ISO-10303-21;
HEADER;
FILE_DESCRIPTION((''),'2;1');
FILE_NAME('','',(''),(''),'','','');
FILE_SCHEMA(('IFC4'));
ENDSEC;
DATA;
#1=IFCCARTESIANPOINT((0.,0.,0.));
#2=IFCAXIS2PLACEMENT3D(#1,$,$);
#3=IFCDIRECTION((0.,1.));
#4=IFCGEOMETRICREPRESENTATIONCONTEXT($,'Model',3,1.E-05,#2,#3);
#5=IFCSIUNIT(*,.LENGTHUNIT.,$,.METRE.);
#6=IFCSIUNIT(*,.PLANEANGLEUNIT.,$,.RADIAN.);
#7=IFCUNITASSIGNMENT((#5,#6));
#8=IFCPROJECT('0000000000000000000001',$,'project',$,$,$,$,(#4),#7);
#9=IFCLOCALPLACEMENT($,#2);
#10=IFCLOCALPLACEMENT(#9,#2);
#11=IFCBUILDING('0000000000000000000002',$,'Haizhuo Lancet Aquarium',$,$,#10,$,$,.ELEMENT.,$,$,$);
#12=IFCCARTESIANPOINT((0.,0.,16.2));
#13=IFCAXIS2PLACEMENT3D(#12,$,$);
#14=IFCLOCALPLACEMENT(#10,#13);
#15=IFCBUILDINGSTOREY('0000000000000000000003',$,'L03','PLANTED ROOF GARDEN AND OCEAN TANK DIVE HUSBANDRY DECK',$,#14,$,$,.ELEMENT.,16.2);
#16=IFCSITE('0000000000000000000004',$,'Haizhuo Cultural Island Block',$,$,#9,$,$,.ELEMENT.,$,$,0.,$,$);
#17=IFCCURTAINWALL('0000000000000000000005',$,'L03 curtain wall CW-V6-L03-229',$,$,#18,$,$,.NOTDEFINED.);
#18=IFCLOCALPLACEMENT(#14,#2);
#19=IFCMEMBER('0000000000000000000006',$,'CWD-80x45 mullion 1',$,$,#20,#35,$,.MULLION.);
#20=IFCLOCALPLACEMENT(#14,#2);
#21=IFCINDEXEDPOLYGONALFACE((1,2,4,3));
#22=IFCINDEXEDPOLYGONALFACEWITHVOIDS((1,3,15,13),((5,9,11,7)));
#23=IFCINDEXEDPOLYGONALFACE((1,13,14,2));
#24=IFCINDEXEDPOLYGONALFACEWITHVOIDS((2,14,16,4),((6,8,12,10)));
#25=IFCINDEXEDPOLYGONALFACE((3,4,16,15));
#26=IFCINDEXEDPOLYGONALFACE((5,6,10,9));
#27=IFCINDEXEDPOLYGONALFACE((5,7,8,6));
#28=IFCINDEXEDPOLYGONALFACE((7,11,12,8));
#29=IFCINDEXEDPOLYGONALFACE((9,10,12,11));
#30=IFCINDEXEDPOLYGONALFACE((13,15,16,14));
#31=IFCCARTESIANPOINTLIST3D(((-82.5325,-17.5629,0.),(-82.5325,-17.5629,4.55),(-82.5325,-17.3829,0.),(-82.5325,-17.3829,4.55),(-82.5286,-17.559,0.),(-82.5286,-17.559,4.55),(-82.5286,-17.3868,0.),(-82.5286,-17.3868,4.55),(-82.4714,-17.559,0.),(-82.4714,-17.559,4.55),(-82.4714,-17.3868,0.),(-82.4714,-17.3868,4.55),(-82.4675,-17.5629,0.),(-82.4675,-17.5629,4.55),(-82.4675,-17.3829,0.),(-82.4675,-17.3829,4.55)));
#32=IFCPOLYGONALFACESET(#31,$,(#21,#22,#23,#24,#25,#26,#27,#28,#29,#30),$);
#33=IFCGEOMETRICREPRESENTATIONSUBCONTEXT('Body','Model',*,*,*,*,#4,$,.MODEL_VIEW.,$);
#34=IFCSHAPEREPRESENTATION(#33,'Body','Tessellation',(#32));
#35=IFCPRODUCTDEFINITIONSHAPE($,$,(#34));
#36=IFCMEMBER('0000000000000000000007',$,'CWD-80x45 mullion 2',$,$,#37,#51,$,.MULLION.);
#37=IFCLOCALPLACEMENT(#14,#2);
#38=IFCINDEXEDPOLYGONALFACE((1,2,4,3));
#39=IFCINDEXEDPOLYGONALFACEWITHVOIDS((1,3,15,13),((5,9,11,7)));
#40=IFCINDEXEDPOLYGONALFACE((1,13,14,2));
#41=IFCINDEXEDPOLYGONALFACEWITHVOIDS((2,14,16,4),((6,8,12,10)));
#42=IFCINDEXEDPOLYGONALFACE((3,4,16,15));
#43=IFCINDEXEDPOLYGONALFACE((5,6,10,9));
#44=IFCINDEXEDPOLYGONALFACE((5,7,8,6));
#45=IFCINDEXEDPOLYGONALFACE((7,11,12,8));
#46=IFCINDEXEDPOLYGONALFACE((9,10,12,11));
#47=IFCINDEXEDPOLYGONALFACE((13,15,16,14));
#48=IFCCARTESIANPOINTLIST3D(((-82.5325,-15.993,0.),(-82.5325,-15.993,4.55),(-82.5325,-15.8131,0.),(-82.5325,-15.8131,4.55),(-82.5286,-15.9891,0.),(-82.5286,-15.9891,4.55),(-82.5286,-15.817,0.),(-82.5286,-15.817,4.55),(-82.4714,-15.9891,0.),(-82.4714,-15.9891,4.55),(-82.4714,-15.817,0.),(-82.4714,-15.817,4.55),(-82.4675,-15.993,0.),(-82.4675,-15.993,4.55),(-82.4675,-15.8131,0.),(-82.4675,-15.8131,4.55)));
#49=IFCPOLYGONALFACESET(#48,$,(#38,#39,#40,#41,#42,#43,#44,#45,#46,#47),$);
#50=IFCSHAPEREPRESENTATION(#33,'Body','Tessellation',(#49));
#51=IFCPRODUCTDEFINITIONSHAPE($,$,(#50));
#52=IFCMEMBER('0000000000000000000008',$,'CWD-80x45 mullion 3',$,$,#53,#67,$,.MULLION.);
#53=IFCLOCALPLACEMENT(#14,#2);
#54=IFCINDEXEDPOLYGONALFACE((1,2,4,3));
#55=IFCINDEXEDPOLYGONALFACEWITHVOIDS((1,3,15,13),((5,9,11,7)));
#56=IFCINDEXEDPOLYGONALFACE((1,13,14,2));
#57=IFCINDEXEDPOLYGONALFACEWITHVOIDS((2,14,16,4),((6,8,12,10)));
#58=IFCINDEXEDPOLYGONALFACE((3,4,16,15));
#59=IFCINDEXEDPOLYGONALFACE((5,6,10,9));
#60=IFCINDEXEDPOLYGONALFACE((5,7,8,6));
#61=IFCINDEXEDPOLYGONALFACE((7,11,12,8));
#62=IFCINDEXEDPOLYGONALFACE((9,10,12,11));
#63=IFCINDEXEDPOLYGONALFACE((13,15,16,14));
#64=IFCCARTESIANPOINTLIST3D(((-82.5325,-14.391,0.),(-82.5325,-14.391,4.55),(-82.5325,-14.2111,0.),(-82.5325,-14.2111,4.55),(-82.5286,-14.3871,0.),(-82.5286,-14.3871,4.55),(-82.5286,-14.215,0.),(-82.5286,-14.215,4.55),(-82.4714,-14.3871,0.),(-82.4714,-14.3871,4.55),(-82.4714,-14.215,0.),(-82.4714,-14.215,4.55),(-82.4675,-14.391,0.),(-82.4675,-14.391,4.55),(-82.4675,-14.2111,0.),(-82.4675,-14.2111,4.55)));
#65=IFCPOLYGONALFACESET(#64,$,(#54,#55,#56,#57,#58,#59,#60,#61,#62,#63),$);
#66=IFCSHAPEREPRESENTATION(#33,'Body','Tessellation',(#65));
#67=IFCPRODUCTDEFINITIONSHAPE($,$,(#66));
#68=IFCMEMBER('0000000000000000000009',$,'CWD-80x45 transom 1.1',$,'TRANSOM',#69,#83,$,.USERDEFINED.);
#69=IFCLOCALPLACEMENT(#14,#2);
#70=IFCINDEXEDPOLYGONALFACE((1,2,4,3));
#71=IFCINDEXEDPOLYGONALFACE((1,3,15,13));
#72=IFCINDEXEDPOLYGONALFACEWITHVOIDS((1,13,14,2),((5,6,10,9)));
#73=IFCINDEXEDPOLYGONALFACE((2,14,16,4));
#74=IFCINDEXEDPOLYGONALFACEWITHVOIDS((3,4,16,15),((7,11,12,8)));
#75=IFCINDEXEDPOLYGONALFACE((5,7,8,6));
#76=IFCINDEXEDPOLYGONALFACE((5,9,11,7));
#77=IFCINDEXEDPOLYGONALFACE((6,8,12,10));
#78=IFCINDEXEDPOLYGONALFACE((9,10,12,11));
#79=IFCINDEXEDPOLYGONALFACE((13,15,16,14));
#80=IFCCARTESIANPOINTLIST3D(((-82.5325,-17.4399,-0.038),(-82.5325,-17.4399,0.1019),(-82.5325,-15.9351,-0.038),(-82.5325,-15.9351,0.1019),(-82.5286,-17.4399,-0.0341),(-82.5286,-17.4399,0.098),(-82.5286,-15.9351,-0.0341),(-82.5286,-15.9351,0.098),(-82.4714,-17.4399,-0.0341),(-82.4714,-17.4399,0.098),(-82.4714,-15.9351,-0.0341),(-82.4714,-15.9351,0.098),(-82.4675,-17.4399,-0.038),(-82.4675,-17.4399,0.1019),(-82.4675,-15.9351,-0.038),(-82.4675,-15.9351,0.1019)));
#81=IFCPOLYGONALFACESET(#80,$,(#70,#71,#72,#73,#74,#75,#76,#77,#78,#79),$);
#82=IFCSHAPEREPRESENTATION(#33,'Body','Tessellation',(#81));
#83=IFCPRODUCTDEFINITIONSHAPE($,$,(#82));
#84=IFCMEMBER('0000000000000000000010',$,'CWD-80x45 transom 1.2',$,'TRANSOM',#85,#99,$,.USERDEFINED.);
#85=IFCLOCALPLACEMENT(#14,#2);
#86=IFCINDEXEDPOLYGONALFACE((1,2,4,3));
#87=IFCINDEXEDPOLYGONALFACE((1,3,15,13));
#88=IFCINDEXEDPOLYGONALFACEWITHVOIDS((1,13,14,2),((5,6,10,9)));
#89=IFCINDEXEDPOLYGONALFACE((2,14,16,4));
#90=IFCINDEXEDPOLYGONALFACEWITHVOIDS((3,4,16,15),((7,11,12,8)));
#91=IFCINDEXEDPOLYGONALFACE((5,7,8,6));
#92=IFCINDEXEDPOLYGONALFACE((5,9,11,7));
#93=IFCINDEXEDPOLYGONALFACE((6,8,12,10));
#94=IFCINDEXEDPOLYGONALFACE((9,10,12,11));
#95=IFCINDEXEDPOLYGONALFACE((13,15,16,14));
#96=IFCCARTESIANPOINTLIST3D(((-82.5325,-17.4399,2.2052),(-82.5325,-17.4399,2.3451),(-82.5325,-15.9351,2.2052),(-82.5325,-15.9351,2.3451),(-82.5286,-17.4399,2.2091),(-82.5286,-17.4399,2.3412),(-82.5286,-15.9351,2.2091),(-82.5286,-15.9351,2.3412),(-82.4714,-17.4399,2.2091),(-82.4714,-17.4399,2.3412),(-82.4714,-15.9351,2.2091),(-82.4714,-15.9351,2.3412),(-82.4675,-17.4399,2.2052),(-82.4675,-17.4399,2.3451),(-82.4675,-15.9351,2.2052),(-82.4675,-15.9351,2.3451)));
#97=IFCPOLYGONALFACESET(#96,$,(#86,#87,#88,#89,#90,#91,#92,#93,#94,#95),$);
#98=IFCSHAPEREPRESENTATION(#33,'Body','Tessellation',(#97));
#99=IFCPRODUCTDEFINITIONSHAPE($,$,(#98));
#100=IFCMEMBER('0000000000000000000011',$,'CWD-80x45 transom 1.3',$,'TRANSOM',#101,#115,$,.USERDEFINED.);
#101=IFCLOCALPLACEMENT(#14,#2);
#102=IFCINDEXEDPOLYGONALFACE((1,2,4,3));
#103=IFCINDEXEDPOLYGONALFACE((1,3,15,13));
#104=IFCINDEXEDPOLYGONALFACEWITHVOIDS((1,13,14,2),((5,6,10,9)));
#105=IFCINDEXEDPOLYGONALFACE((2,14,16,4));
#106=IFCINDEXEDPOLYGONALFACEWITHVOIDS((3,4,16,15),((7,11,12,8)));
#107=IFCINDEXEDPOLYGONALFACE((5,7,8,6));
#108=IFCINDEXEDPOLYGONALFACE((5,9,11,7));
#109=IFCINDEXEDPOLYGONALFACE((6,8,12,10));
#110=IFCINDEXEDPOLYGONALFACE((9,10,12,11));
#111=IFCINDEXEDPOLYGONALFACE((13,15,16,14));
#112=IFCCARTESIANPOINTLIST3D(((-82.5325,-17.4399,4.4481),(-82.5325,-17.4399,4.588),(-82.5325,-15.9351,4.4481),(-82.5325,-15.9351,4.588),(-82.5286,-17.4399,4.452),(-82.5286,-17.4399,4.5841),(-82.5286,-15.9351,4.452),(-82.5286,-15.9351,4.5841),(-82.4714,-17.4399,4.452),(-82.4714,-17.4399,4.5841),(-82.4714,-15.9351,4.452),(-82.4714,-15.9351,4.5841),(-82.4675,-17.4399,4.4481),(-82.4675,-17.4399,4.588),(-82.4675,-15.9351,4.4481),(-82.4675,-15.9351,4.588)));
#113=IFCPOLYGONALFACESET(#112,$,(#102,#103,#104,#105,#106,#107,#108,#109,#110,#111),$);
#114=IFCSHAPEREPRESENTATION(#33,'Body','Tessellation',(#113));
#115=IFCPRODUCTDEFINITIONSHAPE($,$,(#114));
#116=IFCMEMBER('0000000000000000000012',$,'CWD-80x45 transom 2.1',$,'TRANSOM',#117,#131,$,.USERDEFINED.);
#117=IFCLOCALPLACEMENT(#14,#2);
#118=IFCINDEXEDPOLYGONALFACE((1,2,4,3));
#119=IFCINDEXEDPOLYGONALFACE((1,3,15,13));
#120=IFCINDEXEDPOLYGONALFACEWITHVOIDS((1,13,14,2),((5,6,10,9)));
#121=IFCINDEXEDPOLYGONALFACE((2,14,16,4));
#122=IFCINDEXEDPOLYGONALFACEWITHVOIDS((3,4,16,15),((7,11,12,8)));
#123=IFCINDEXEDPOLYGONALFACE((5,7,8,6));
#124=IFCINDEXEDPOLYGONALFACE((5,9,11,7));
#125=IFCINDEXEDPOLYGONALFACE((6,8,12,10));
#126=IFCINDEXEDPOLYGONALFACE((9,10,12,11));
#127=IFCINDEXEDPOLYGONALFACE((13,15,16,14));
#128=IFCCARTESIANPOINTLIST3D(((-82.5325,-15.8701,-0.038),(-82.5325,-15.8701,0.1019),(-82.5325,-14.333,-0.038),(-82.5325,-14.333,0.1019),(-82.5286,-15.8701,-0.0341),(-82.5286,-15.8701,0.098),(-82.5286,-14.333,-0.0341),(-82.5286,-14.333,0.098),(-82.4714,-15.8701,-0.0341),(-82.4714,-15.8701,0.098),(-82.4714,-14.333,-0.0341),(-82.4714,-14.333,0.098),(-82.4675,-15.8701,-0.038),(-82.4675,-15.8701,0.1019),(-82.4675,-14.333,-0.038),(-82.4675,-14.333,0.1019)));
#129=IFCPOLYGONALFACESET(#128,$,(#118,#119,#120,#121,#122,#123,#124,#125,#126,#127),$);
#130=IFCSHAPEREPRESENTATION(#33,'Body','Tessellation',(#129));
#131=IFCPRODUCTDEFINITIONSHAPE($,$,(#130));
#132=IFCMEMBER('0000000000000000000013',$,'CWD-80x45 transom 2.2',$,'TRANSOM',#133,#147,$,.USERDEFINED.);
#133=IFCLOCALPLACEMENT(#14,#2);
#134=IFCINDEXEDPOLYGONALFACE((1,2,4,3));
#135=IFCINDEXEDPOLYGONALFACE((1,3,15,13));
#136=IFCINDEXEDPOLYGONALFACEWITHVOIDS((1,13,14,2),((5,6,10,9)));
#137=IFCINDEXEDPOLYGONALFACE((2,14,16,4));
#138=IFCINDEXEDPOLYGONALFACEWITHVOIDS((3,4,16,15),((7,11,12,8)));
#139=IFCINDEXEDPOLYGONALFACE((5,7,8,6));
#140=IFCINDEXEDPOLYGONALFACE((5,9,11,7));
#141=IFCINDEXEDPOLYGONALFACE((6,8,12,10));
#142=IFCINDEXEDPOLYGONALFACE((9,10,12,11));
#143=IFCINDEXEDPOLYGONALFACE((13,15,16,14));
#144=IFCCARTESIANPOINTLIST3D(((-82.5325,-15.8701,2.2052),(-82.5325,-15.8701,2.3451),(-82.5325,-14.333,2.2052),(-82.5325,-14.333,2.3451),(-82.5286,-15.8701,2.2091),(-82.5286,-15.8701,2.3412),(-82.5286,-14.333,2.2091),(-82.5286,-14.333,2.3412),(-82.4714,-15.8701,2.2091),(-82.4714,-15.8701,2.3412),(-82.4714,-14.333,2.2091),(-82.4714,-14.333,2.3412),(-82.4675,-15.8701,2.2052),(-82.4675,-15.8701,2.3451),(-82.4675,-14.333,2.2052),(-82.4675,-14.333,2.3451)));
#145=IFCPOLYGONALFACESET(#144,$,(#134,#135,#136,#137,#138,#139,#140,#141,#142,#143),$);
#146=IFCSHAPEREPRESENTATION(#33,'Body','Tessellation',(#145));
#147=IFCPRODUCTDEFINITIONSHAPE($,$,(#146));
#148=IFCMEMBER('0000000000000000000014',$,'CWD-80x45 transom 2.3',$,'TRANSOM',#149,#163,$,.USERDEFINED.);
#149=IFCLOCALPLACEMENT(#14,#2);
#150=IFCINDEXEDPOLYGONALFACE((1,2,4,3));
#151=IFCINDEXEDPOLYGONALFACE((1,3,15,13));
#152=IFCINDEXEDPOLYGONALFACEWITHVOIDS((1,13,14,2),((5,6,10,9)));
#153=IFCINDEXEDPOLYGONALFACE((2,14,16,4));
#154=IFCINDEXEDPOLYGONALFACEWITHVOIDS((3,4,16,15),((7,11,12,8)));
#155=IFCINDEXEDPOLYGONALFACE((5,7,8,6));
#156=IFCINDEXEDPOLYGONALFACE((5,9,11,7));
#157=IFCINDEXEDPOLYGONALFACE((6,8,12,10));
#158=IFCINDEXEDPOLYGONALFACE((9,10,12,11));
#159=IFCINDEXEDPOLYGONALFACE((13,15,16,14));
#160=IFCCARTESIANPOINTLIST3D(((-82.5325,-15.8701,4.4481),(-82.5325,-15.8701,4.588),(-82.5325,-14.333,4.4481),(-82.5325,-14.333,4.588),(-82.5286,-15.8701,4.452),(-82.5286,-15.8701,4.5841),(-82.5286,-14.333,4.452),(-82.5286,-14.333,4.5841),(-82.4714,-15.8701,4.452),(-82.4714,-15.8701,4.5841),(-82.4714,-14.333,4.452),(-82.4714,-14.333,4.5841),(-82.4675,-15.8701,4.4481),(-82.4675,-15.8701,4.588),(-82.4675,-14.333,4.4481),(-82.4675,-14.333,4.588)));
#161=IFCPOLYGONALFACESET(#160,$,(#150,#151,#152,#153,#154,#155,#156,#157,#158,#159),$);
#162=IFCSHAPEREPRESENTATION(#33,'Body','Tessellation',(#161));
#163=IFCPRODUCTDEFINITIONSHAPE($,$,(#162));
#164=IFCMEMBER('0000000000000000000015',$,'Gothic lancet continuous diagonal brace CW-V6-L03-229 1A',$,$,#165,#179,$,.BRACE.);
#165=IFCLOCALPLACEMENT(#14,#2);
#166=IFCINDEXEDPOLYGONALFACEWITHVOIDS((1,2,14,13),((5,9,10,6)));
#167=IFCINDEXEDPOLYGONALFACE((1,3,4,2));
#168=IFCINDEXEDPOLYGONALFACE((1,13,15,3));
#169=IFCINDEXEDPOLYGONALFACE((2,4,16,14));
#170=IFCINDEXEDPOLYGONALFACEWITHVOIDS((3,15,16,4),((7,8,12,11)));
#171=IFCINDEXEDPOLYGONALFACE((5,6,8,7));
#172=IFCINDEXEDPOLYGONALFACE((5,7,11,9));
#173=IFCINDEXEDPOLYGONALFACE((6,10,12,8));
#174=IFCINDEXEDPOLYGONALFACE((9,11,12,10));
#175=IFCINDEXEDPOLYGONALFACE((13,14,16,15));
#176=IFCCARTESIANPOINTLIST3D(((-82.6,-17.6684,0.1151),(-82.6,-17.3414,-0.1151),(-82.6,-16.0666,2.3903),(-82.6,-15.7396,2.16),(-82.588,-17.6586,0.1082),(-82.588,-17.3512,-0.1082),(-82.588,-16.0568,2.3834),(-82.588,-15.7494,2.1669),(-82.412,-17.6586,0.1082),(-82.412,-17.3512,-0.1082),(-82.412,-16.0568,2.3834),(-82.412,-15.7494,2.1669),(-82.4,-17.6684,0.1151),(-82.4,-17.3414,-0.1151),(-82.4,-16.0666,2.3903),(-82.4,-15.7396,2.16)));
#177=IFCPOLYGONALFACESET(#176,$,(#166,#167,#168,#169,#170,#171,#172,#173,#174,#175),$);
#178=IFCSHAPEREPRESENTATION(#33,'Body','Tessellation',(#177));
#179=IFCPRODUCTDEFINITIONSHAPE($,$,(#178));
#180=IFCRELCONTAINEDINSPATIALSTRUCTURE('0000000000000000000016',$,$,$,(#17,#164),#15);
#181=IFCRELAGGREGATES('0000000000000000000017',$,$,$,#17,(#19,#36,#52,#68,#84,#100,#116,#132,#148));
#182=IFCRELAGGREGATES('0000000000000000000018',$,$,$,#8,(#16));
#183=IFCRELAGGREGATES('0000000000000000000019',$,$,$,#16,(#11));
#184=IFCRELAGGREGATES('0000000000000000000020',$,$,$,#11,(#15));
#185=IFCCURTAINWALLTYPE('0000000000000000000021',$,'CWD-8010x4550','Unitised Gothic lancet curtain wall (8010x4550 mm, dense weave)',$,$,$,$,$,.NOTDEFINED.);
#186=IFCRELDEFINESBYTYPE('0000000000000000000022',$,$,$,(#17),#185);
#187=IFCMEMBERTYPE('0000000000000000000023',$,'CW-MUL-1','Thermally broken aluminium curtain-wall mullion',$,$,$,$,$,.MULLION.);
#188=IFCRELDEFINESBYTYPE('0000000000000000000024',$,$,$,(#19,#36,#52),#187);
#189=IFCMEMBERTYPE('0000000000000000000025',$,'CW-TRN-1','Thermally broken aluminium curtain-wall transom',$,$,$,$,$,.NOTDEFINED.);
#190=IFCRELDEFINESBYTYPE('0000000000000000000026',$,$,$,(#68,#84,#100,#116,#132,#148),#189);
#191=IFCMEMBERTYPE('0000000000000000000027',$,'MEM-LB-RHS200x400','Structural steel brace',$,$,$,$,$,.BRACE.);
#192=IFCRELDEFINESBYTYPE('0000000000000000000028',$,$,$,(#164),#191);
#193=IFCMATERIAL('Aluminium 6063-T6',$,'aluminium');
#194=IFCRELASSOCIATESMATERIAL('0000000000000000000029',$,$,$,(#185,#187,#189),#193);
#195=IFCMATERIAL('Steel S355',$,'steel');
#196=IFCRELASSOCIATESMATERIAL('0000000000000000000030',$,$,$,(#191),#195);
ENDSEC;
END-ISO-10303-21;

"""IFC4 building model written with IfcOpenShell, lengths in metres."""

from ifc_helpers import new_model, si_unit, direction, frame, origin, origin_2d, place, context, subcontext, project, spatial, hollow_rectangle, extrude, material, material_profile, profile_set, type_object, element, aggregate, save


model = new_model("IFC4")

# Units and contexts
model_context = context("Model", 3, precision=1e-05, world=origin(), true_north=direction((0.0, 1.0)))
body_context = subcontext(model_context, "Body", "Model", "MODEL_VIEW")
ifc_project = project(units=[si_unit("LENGTHUNIT", "METRE"), si_unit("PLANEANGLEUNIT", "RADIAN")], contexts=[model_context])

# Site, building, storey
site_placement = place(None, origin())
site = spatial("IfcSite", under=ifc_project, at=site_placement, Name="Haizhuo Cultural Island Block", CompositionType="ELEMENT", RefElevation=0.0)
building_placement = place(site_placement, origin())
building = spatial("IfcBuilding", under=site, at=building_placement, Name="Haizhuo Lancet Aquarium", CompositionType="ELEMENT")
storey_placement = place(building_placement, frame((0.0, 0.0, 16.2)))
storey = spatial("IfcBuildingStorey", under=building, at=storey_placement, Name="L03", Description="PLANTED ROOF GARDEN AND OCEAN TANK DIVE HUSBANDRY DECK", CompositionType="ELEMENT", Elevation=16.2)

# Curtain wall, members
ifc_material_1 = material(Name="Aluminium 6063-T6", Category="aluminium")
curtain_wall_type = type_object("IfcCurtainWallType", Name="CWD-8010x4550", Description="Unitised Gothic lancet curtain wall (8010x4550 mm, dense weave)", PredefinedType="NOTDEFINED", material=ifc_material_1)
curtain_wall_placement = place(storey_placement, origin())
curtain_wall = element("IfcCurtainWall", 1, at=curtain_wall_placement, inside=storey, type_object=curtain_wall_type, Name="L03 curtain wall CW-V6-L03-229", PredefinedType="NOTDEFINED")
ifc_material_profile_1 = material_profile(ifc_material_1, hollow_rectangle(XDim=0.0649, YDim=0.1799, WallThickness=0.0039, at=origin_2d()), Name="ALU-M 65x180x4")
ifc_profile_set_1 = profile_set([ifc_material_profile_1], Name="Aluminium 6063-T6")
member_type_1 = type_object("IfcMemberType", Name="CW-MUL-1", Description="Thermally broken aluminium curtain-wall mullion", PredefinedType="MULLION", material=ifc_profile_set_1)
member_1_placement = place(storey_placement, frame((-82.5, -17.4729, 0.0), z_axis=(0.0, 0.0, 1.0), x_axis=(-1.0, 0.0, 0.0)))
member_1 = element("IfcMember", 2, at=member_1_placement, type_object=member_type_1, Name="CWD-80x45 mullion 1", PredefinedType="MULLION", context=body_context, shape_type="SweptSolid", body=[
    extrude(hollow_rectangle(XDim=0.0649, YDim=0.1799, WallThickness=0.0039, at=origin_2d()), origin(), (0.0, 0.0, 1.0), 4.55),
])
member_2_placement = place(storey_placement, frame((-82.5, -15.9031, 0.0), z_axis=(0.0, 0.0, 1.0), x_axis=(-1.0, 0.0, 0.0)))
member_2 = element("IfcMember", 3, at=member_2_placement, type_object=member_type_1, Name="CWD-80x45 mullion 2", PredefinedType="MULLION", context=body_context, shape_type="SweptSolid", body=[
    extrude(hollow_rectangle(XDim=0.0649, YDim=0.1799, WallThickness=0.0039, at=origin_2d()), origin(), (0.0, 0.0, 1.0), 4.55),
])
member_3_placement = place(storey_placement, frame((-82.5, -14.301, 0.0), z_axis=(0.0, 0.0, 1.0), x_axis=(-1.0, 0.0, 0.0)))
member_3 = element("IfcMember", 4, at=member_3_placement, type_object=member_type_1, Name="CWD-80x45 mullion 3", PredefinedType="MULLION", context=body_context, shape_type="SweptSolid", body=[
    extrude(hollow_rectangle(XDim=0.0649, YDim=0.1799, WallThickness=0.0039, at=origin_2d()), origin(), (0.0, 0.0, 1.0), 4.55),
])
ifc_material_profile_2 = material_profile(ifc_material_1, hollow_rectangle(XDim=0.0649, YDim=0.1399, WallThickness=0.0039, at=origin_2d()), Name="ALU-T 65x140x4")
ifc_profile_set_2 = profile_set([ifc_material_profile_2], Name="Aluminium 6063-T6")
member_type_2 = type_object("IfcMemberType", Name="CW-TRN-1", Description="Thermally broken aluminium curtain-wall transom", PredefinedType="NOTDEFINED", material=ifc_profile_set_2)
member_4_placement = place(storey_placement, frame((-82.5, -17.4399, 0.032), z_axis=(0.0, 1.0, 0.0), x_axis=(-1.0, 0.0, 0.0)))
member_4 = element("IfcMember", 5, at=member_4_placement, type_object=member_type_2, Name="CWD-80x45 transom 1.1", ObjectType="TRANSOM", PredefinedType="USERDEFINED", context=body_context, shape_type="SweptSolid", body=[
    extrude(hollow_rectangle(XDim=0.0649, YDim=0.1399, WallThickness=0.0039, at=origin_2d()), origin(), (0.0, 0.0, 1.0), 1.5049),
])
member_5_placement = place(storey_placement, frame((-82.5, -17.4399, 2.2751), z_axis=(0.0, 1.0, 0.0), x_axis=(-1.0, 0.0, 0.0)))
member_5 = element("IfcMember", 6, at=member_5_placement, type_object=member_type_2, Name="CWD-80x45 transom 1.2", ObjectType="TRANSOM", PredefinedType="USERDEFINED", context=body_context, shape_type="SweptSolid", body=[
    extrude(hollow_rectangle(XDim=0.0649, YDim=0.1399, WallThickness=0.0039, at=origin_2d()), origin(), (0.0, 0.0, 1.0), 1.5049),
])
member_6_placement = place(storey_placement, frame((-82.5, -17.4399, 4.5181), z_axis=(0.0, 1.0, 0.0), x_axis=(-1.0, 0.0, 0.0)))
member_6 = element("IfcMember", 7, at=member_6_placement, type_object=member_type_2, Name="CWD-80x45 transom 1.3", ObjectType="TRANSOM", PredefinedType="USERDEFINED", context=body_context, shape_type="SweptSolid", body=[
    extrude(hollow_rectangle(XDim=0.0649, YDim=0.1399, WallThickness=0.0039, at=origin_2d()), origin(), (0.0, 0.0, 1.0), 1.5049),
])
member_7_placement = place(storey_placement, frame((-82.5, -15.8701, 0.032), z_axis=(0.0, 1.0, 0.0), x_axis=(-1.0, 0.0, 0.0)))
member_7 = element("IfcMember", 8, at=member_7_placement, type_object=member_type_2, Name="CWD-80x45 transom 2.1", ObjectType="TRANSOM", PredefinedType="USERDEFINED", context=body_context, shape_type="SweptSolid", body=[
    extrude(hollow_rectangle(XDim=0.0649, YDim=0.1399, WallThickness=0.0039, at=origin_2d()), origin(), (0.0, 0.0, 1.0), 1.5371),
])
member_8_placement = place(storey_placement, frame((-82.5, -15.8701, 2.2751), z_axis=(0.0, 1.0, 0.0), x_axis=(-1.0, 0.0, 0.0)))
member_8 = element("IfcMember", 9, at=member_8_placement, type_object=member_type_2, Name="CWD-80x45 transom 2.2", ObjectType="TRANSOM", PredefinedType="USERDEFINED", context=body_context, shape_type="SweptSolid", body=[
    extrude(hollow_rectangle(XDim=0.0649, YDim=0.1399, WallThickness=0.0039, at=origin_2d()), origin(), (0.0, 0.0, 1.0), 1.5371),
])
member_9_placement = place(storey_placement, frame((-82.5, -15.8701, 4.5181), z_axis=(0.0, 1.0, 0.0), x_axis=(-1.0, 0.0, 0.0)))
member_9 = element("IfcMember", 10, at=member_9_placement, type_object=member_type_2, Name="CWD-80x45 transom 2.3", ObjectType="TRANSOM", PredefinedType="USERDEFINED", context=body_context, shape_type="SweptSolid", body=[
    extrude(hollow_rectangle(XDim=0.0649, YDim=0.1399, WallThickness=0.0039, at=origin_2d()), origin(), (0.0, 0.0, 1.0), 1.5371),
])

# Member
ifc_material_2 = material(Name="Steel S355", Category="steel")
ifc_material_profile_3 = material_profile(ifc_material_2, hollow_rectangle(XDim=0.2, YDim=0.3999, WallThickness=0.012, at=origin_2d()), Name="RHS 200x400x12")
ifc_profile_set_3 = profile_set([ifc_material_profile_3], Name="Steel S355")
member_type_3 = type_object("IfcMemberType", Name="MEM-LB-RHS200x400", Description="Structural steel brace", PredefinedType="BRACE", material=ifc_profile_set_3)
member_10_placement = place(storey_placement, frame((-82.5, -17.5049, 0.0), z_axis=(0.0, 0.57568, 0.817675), x_axis=(-1.0, 0.0, 0.0)))
element("IfcMember", 11, at=member_10_placement, inside=storey, type_object=member_type_3, Name="Gothic lancet continuous diagonal brace CW-V6-L03-229 1A", PredefinedType="BRACE", context=body_context, shape_type="SweptSolid", body=[
    extrude(hollow_rectangle(XDim=0.2, YDim=0.3999, WallThickness=0.012, at=origin_2d()), origin(), (0.0, 0.0, 1.0), 2.7825),
])

aggregate(curtain_wall, [member_1, member_2, member_3, member_4, member_5, member_6, member_7, member_8, member_9])

save(model, "model.ifc")
